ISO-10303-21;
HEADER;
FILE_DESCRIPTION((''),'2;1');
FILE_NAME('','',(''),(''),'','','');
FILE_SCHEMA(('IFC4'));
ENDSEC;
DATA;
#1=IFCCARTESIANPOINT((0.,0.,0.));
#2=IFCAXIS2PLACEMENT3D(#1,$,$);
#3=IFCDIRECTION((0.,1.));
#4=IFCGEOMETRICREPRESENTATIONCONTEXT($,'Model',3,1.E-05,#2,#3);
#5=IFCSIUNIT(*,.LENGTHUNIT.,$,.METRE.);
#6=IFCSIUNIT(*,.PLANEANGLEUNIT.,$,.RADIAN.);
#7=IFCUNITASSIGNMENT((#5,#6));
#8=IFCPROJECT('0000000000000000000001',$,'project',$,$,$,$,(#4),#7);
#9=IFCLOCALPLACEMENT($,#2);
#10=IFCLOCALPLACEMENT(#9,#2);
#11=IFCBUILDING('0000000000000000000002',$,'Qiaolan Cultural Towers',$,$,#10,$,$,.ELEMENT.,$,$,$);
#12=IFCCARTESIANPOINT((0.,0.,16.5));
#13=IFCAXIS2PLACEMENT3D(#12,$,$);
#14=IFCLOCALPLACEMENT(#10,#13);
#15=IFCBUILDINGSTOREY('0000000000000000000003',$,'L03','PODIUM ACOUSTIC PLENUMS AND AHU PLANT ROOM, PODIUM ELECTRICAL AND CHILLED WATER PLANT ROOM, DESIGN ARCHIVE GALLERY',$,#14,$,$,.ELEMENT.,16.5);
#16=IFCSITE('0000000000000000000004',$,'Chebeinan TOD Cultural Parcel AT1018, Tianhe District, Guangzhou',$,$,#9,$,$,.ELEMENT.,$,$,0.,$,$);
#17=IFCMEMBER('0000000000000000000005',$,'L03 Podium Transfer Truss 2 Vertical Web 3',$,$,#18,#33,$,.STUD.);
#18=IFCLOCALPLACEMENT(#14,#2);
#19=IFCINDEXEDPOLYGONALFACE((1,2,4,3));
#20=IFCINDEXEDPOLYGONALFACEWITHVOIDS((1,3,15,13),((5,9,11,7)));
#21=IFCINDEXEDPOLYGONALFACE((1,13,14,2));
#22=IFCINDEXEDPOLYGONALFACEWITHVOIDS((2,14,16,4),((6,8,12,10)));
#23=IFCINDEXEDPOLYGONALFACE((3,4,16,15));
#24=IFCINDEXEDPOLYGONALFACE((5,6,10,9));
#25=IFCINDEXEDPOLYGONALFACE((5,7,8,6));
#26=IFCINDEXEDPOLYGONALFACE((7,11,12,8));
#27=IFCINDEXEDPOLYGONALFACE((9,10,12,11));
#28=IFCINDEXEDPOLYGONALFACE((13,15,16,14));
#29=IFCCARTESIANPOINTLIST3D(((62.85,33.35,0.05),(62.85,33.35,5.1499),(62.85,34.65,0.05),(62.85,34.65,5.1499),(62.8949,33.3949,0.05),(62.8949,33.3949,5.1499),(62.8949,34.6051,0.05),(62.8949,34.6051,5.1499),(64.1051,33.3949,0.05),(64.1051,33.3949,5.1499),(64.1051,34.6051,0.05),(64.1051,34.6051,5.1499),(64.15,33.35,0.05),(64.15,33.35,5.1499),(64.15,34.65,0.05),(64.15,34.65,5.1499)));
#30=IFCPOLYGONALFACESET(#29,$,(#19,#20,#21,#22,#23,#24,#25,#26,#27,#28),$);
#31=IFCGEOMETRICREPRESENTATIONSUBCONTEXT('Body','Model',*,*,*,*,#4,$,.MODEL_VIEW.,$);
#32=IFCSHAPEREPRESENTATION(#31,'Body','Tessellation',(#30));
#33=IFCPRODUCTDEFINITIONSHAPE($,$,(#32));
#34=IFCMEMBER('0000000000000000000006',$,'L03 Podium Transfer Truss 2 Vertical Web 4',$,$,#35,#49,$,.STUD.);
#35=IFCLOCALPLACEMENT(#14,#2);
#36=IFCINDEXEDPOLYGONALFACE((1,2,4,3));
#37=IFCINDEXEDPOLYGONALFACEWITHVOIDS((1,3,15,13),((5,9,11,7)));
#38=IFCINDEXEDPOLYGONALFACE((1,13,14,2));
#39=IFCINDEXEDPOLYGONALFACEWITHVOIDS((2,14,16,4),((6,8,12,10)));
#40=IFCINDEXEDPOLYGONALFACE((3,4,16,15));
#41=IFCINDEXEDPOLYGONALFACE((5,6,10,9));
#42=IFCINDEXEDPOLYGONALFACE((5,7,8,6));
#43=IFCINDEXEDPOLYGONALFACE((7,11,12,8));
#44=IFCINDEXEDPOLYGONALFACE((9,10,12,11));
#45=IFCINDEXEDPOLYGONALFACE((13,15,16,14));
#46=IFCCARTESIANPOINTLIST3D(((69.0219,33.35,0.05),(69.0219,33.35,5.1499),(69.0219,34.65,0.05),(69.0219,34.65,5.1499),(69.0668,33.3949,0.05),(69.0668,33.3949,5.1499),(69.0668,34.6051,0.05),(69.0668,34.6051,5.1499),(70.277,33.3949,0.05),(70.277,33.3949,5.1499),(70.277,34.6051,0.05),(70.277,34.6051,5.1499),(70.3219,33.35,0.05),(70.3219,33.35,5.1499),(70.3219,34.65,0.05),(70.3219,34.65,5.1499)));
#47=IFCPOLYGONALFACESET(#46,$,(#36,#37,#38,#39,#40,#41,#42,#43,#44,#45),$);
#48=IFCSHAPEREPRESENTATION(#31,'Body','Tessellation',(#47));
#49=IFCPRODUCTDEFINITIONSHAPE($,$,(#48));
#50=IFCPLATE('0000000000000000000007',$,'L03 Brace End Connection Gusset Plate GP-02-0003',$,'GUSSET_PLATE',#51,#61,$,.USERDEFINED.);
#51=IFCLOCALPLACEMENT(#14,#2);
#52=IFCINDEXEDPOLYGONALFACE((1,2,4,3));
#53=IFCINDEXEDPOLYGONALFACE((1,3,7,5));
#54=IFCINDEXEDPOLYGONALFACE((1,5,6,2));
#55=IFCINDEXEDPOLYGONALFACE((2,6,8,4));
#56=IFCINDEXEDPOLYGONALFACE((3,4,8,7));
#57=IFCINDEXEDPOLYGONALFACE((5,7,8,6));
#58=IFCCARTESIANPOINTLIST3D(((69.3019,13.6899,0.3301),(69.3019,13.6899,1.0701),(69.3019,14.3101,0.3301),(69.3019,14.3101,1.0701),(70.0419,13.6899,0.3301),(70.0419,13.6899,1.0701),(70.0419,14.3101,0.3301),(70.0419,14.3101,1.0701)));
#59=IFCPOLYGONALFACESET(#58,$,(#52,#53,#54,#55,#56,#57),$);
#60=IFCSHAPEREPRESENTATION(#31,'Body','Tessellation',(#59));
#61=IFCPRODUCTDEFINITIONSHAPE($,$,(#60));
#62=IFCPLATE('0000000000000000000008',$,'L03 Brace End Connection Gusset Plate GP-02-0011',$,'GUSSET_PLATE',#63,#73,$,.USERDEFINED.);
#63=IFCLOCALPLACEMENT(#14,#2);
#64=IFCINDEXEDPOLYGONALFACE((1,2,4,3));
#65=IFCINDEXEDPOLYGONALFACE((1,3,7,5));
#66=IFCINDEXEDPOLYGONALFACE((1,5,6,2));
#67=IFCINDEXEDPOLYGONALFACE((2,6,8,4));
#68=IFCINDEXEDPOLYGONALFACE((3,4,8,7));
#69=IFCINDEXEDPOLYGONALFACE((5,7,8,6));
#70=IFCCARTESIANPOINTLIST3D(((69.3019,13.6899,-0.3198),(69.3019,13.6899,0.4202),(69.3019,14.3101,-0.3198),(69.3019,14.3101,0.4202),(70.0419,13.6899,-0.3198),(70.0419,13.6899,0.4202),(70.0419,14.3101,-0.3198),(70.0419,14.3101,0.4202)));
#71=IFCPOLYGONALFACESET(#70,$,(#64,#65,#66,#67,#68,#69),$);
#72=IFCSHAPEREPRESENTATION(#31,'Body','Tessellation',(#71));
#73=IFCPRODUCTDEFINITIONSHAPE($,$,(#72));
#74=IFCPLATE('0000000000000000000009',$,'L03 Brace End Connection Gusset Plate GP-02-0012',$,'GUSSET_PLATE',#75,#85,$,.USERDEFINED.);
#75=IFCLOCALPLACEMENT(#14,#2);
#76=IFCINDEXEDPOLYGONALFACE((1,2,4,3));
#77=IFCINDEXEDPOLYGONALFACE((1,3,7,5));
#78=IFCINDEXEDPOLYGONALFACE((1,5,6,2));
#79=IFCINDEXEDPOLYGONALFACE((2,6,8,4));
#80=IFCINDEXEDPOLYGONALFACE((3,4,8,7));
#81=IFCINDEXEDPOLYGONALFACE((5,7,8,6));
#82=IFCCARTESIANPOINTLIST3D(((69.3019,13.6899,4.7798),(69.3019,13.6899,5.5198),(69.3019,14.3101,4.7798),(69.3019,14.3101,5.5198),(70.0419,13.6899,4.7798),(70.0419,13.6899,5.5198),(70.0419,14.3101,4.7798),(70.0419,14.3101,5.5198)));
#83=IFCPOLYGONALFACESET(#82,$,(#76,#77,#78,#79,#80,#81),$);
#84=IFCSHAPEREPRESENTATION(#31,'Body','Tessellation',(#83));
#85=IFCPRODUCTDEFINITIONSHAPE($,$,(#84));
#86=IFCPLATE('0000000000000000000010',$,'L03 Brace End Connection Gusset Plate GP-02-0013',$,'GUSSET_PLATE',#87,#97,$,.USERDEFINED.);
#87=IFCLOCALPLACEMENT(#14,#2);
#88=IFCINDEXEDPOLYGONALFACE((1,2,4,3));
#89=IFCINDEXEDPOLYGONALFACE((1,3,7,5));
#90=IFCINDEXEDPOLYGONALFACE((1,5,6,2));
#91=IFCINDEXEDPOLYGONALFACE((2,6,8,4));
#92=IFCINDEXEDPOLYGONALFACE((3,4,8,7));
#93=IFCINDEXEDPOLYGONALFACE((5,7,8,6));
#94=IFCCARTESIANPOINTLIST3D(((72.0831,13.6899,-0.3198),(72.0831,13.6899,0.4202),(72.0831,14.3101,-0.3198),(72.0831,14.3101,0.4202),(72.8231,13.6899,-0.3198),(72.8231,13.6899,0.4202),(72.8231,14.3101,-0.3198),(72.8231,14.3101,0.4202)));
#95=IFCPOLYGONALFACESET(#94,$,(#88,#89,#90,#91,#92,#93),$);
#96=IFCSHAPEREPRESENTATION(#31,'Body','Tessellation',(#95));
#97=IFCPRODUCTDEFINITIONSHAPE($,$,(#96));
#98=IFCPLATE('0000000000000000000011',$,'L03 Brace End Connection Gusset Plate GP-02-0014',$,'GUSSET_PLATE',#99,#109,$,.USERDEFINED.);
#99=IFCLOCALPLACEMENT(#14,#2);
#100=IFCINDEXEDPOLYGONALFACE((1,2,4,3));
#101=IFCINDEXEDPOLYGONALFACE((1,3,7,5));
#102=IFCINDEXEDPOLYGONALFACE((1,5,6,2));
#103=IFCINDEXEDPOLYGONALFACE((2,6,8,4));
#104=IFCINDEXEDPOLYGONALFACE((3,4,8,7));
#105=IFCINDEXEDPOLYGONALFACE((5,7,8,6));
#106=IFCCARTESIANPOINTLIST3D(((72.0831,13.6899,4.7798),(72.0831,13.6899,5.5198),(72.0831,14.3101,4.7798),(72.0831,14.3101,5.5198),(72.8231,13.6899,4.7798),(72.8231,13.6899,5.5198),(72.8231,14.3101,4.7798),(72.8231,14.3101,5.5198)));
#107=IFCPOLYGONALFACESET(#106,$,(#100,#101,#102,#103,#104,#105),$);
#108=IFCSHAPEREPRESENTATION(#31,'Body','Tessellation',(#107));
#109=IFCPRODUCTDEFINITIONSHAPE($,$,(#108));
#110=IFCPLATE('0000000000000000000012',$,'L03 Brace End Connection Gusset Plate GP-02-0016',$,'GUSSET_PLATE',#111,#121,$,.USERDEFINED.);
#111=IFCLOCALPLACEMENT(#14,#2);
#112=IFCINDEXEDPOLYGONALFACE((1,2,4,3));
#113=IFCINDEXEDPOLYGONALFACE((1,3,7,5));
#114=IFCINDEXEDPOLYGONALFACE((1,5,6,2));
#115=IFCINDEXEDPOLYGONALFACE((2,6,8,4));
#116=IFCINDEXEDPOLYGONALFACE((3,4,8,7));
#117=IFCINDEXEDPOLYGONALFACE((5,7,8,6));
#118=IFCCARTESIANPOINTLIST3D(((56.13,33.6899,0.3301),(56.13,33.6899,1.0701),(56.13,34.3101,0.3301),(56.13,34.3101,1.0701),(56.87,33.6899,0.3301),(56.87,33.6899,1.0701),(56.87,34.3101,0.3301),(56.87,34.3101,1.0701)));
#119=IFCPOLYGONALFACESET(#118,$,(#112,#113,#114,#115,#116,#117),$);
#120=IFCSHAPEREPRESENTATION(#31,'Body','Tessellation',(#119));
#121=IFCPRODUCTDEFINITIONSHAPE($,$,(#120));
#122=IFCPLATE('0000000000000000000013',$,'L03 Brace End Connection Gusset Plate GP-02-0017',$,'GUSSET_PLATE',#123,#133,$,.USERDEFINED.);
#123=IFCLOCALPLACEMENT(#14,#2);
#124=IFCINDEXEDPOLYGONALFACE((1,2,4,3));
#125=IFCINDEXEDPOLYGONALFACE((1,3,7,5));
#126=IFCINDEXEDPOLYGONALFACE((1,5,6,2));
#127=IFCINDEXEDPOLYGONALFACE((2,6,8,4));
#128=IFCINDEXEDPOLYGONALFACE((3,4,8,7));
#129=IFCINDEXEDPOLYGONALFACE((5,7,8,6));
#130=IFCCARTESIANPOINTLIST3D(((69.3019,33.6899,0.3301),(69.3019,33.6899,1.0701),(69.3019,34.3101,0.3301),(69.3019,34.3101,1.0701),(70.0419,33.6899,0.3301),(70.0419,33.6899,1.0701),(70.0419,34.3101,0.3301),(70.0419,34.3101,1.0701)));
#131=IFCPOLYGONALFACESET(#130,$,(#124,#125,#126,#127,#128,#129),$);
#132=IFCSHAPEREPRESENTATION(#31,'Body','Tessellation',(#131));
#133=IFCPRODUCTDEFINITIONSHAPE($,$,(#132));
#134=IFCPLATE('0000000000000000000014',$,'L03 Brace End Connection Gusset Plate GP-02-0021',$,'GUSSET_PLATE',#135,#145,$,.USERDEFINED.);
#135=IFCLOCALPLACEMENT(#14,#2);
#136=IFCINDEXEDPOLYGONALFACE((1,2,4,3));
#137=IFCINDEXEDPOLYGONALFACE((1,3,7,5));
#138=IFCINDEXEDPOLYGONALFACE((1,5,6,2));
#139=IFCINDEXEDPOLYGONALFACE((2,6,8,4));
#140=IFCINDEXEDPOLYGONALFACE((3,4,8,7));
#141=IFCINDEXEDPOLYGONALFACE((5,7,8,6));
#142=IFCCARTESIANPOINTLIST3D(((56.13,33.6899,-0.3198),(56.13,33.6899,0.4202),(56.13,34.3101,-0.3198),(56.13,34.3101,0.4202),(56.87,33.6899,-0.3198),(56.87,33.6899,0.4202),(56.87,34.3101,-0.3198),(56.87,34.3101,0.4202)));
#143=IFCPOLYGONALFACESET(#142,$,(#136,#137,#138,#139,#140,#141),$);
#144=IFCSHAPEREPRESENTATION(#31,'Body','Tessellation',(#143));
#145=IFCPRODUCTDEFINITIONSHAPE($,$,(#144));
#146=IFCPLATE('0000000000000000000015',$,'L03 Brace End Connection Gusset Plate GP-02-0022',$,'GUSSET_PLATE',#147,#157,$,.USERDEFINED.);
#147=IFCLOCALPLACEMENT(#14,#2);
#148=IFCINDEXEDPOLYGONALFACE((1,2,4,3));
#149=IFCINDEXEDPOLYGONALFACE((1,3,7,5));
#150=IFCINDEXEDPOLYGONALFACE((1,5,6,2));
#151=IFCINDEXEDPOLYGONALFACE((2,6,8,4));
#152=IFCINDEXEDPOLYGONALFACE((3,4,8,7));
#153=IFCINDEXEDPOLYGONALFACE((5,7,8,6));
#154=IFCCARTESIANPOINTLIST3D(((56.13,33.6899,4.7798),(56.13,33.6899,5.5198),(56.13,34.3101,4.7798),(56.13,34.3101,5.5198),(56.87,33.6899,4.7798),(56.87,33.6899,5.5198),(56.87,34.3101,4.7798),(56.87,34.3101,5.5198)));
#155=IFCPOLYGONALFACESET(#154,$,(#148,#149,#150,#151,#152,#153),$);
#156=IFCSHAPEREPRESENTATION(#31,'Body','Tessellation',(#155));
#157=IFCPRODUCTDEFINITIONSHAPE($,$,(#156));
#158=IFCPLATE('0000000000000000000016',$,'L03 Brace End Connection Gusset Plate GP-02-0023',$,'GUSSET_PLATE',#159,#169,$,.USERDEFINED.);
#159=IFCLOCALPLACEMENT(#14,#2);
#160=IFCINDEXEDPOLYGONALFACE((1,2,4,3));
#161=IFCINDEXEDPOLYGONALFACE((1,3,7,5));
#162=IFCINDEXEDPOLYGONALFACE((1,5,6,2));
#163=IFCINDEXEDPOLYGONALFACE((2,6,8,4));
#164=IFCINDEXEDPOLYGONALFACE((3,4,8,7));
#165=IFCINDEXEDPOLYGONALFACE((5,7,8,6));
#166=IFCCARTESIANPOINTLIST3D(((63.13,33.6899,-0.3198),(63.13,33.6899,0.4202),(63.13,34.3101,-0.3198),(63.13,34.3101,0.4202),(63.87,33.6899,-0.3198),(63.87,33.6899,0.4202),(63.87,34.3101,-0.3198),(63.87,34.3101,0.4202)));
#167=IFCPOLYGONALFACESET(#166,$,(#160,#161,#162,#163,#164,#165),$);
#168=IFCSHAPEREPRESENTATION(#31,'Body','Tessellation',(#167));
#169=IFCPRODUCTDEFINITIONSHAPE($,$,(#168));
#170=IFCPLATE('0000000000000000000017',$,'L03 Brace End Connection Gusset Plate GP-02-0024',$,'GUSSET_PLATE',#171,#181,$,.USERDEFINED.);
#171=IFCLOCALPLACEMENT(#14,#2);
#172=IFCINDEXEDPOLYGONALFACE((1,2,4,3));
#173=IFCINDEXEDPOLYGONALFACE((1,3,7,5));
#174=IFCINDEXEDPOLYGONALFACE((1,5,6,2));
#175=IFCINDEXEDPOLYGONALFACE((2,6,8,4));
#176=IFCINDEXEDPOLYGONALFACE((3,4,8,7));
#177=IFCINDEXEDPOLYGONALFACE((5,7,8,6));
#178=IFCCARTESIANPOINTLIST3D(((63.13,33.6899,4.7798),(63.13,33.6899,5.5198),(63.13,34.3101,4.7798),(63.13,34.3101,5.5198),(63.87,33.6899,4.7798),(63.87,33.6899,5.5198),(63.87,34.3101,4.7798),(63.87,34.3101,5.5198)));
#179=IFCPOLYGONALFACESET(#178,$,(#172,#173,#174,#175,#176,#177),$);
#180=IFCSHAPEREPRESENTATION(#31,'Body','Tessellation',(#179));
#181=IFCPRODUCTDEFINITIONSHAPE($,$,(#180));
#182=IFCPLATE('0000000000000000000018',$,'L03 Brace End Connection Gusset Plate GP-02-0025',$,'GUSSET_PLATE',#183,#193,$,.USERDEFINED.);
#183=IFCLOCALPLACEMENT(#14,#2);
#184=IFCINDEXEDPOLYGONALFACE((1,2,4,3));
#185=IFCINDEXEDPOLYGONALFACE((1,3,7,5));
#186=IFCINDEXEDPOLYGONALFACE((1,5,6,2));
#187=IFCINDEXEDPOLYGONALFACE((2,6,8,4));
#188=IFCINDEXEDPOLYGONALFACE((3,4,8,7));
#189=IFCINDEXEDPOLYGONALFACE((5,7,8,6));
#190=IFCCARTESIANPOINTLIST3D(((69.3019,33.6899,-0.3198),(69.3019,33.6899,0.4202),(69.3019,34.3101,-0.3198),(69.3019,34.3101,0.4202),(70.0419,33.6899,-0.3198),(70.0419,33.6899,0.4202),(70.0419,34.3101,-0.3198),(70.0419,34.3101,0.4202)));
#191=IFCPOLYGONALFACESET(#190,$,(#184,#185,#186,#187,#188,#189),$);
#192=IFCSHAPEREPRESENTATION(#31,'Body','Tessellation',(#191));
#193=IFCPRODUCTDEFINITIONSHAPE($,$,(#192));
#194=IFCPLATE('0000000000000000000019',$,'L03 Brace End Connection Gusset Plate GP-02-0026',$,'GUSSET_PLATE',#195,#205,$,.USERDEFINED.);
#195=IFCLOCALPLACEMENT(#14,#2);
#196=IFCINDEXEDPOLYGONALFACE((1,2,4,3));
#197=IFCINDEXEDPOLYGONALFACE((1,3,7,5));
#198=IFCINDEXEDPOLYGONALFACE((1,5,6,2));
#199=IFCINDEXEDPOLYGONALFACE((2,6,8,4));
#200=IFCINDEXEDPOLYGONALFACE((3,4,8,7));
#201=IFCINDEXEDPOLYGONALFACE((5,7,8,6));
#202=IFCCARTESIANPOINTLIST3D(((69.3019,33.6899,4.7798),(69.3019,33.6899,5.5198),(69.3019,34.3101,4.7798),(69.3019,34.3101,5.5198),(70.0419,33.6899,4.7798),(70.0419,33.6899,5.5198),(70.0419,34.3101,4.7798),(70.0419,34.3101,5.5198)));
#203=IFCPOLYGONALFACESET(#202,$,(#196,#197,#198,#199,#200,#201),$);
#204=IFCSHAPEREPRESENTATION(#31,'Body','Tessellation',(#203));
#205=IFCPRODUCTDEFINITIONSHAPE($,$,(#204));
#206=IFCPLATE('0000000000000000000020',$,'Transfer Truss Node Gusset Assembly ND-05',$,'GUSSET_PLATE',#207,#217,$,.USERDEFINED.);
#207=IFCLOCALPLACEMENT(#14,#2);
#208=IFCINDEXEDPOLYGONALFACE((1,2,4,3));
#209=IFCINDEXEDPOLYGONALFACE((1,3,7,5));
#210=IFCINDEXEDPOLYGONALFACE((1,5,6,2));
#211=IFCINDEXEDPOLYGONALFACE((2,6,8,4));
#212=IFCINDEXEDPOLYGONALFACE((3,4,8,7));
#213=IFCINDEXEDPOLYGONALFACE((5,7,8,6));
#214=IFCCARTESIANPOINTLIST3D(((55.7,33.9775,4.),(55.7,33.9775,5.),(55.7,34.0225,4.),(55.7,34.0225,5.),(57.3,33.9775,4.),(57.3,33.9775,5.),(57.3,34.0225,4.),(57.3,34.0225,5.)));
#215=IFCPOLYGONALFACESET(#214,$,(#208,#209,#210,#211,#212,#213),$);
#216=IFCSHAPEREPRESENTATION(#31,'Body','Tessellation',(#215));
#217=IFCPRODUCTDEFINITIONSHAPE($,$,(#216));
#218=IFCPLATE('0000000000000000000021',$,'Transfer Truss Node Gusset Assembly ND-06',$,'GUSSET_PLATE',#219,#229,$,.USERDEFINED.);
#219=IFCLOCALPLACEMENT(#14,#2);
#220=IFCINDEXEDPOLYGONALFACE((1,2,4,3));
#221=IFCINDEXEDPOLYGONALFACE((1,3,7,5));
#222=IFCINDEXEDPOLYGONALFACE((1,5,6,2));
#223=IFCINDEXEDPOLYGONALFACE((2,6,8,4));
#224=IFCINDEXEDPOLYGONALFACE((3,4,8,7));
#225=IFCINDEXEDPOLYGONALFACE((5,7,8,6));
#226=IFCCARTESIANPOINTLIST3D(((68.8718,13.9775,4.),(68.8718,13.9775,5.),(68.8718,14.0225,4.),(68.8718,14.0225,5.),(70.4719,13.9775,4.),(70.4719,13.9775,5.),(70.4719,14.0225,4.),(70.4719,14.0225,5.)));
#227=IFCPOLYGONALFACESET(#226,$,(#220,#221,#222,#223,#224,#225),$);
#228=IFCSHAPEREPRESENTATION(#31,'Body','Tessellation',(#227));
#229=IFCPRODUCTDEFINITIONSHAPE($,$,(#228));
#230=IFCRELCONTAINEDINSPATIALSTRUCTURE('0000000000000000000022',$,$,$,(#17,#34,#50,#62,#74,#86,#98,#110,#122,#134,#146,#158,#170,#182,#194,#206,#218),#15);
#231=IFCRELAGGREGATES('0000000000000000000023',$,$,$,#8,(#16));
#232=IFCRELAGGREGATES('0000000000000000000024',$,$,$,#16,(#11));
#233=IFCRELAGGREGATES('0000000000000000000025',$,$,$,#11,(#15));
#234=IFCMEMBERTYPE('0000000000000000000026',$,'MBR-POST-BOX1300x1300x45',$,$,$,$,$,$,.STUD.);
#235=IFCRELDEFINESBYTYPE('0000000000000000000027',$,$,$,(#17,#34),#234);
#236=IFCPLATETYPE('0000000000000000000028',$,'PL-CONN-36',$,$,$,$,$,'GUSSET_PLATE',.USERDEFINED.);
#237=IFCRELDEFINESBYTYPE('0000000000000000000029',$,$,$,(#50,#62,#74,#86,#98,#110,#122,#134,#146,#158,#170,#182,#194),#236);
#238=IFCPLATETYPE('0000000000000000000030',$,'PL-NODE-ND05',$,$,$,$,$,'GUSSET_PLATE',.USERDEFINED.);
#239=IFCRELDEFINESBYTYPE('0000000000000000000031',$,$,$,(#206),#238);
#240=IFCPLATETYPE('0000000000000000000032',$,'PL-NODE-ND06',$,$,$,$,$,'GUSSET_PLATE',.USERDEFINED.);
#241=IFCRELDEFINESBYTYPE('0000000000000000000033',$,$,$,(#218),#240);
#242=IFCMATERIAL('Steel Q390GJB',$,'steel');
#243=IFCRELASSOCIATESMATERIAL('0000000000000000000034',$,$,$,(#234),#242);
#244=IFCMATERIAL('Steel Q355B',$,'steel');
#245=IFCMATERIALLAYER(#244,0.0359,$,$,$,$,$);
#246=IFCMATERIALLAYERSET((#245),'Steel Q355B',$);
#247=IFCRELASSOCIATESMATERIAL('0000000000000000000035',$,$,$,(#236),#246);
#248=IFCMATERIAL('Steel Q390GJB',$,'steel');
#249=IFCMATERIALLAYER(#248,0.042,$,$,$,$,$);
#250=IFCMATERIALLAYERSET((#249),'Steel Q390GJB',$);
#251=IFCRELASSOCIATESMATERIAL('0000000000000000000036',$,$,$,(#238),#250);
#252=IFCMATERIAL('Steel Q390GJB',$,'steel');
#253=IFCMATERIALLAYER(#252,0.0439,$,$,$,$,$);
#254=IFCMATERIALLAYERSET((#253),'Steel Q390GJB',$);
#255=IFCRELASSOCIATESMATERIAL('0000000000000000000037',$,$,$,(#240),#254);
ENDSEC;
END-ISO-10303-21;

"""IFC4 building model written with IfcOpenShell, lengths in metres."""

from ifc_helpers import new_model, si_unit, direction, frame, origin, origin_2d, place, context, subcontext, project, spatial, rectangle, hollow_rectangle, extrude, material, layer, layer_set, material_profile, profile_set, type_object, element, save


model = new_model("IFC4")

# Units and contexts
model_context = context("Model", 3, precision=1e-05, world=origin(), true_north=direction((0.0, 1.0)))
body_context = subcontext(model_context, "Body", "Model", "MODEL_VIEW")
ifc_project = project(units=[si_unit("LENGTHUNIT", "METRE"), si_unit("PLANEANGLEUNIT", "RADIAN")], contexts=[model_context])

# Site, building, storey
site_placement = place(None, origin())
site = spatial("IfcSite", under=ifc_project, at=site_placement, Name="Chebeinan TOD Cultural Parcel AT1018, Tianhe District, Guangzhou", CompositionType="ELEMENT", RefElevation=0.0)
building_placement = place(site_placement, origin())
building = spatial("IfcBuilding", under=site, at=building_placement, Name="Qiaolan Cultural Towers", CompositionType="ELEMENT")
storey_placement = place(building_placement, frame((0.0, 0.0, 16.5)))
storey = spatial("IfcBuildingStorey", under=building, at=storey_placement, Name="L03", Description="PODIUM ACOUSTIC PLENUMS AND AHU PLANT ROOM, PODIUM ELECTRICAL AND CHILLED WATER PLANT ROOM, DESIGN ARCHIVE GALLERY", CompositionType="ELEMENT", Elevation=16.5)

# Members
ifc_material_1 = material(Name="Steel Q390GJB", Category="steel")
ifc_material_profile_1 = material_profile(ifc_material_1, hollow_rectangle(XDim=1.3, YDim=1.3, WallThickness=0.0449, at=origin_2d()), Name="BOX1300x1300x45")
ifc_profile_set_1 = profile_set([ifc_material_profile_1], Name="Steel Q390GJB")
member_type_1 = type_object("IfcMemberType", Name="MBR-POST-BOX1300x1300x45", PredefinedType="STUD", material=ifc_profile_set_1)
for number, where, z_axis, x_axis, name in (
    (1, (63.5, 34.0, 0.05), (0.0, 0.0, 1.0), (1.0, 0.0, 0.0), "L03 Podium Transfer Truss 2 Vertical Web 3"),
    (2, (69.6719, 34.0, 0.05), (0.0, 0.0, 1.0), (1.0, 0.0, 0.0), "L03 Podium Transfer Truss 2 Vertical Web 4"),
):
    element("IfcMember", number, at=place(storey_placement, frame(where, z_axis=z_axis, x_axis=x_axis)), inside=storey, type_object=member_type_1, Name=name, PredefinedType="STUD", context=body_context, shape_type="SweptSolid", body=[
        extrude(hollow_rectangle(XDim=1.3, YDim=1.3, WallThickness=0.0449, at=origin_2d()), origin(), (0.0, 0.0, 1.0), 5.0999),
    ])

# Plates
ifc_material_2 = material(Name="Steel Q355B", Category="steel")
ifc_layer_1 = layer(ifc_material_2, 0.0359)
ifc_layer_set_1 = layer_set([ifc_layer_1], Name="Steel Q355B")
plate_type_1 = type_object("IfcPlateType", Name="PL-CONN-36", ElementType="GUSSET_PLATE", PredefinedType="USERDEFINED", material=ifc_layer_set_1)
for number, where, z_axis, x_axis, name in (
    (3, (69.6719, 14.0, 0.3301), (0.0, 0.0, 1.0), (1.0, 0.0, 0.0), "L03 Brace End Connection Gusset Plate GP-02-0003"),
    (4, (69.6719, 14.0, -0.3198), (0.0, 0.0, 1.0), (1.0, 0.0, 0.0), "L03 Brace End Connection Gusset Plate GP-02-0011"),
    (5, (69.6719, 14.0, 4.7798), (0.0, 0.0, 1.0), (1.0, 0.0, 0.0), "L03 Brace End Connection Gusset Plate GP-02-0012"),
    (6, (72.4531, 14.0, -0.3198), (0.0, 0.0, 1.0), (1.0, 0.0, 0.0), "L03 Brace End Connection Gusset Plate GP-02-0013"),
    (7, (72.4531, 14.0, 4.7798), (0.0, 0.0, 1.0), (1.0, 0.0, 0.0), "L03 Brace End Connection Gusset Plate GP-02-0014"),
    (8, (56.5, 34.0, 0.3301), (0.0, 0.0, 1.0), (1.0, 0.0, 0.0), "L03 Brace End Connection Gusset Plate GP-02-0016"),
    (9, (69.6719, 34.0, 0.3301), (0.0, 0.0, 1.0), (1.0, 0.0, 0.0), "L03 Brace End Connection Gusset Plate GP-02-0017"),
    (10, (56.5, 34.0, -0.3198), (0.0, 0.0, 1.0), (1.0, 0.0, 0.0), "L03 Brace End Connection Gusset Plate GP-02-0021"),
    (11, (56.5, 34.0, 4.7798), (0.0, 0.0, 1.0), (1.0, 0.0, 0.0), "L03 Brace End Connection Gusset Plate GP-02-0022"),
    (12, (63.5, 34.0, -0.3198), (0.0, 0.0, 1.0), (1.0, 0.0, 0.0), "L03 Brace End Connection Gusset Plate GP-02-0023"),
    (13, (63.5, 34.0, 4.7798), (0.0, 0.0, 1.0), (1.0, 0.0, 0.0), "L03 Brace End Connection Gusset Plate GP-02-0024"),
    (14, (69.6719, 34.0, -0.3198), (0.0, 0.0, 1.0), (1.0, 0.0, 0.0), "L03 Brace End Connection Gusset Plate GP-02-0025"),
    (15, (69.6719, 34.0, 4.7798), (0.0, 0.0, 1.0), (1.0, 0.0, 0.0), "L03 Brace End Connection Gusset Plate GP-02-0026"),
):
    element("IfcPlate", number, at=place(storey_placement, frame(where, z_axis=z_axis, x_axis=x_axis)), inside=storey, type_object=plate_type_1, Name=name, ObjectType="GUSSET_PLATE", PredefinedType="USERDEFINED", context=body_context, shape_type="SweptSolid", body=[
        extrude(rectangle(XDim=0.74, YDim=0.6201, at=origin_2d()), origin(), (0.0, 0.0, 1.0), 0.74),
    ])
ifc_material_3 = material(Name="Steel Q390GJB", Category="steel")
ifc_layer_2 = layer(ifc_material_3, 0.042)
ifc_layer_set_2 = layer_set([ifc_layer_2], Name="Steel Q390GJB")
plate_type_2 = type_object("IfcPlateType", Name="PL-NODE-ND05", ElementType="GUSSET_PLATE", PredefinedType="USERDEFINED", material=ifc_layer_set_2)
plate_placement = place(storey_placement, frame((56.5, 34.0, 4.0), z_axis=(0.0, 0.0, 1.0), x_axis=(1.0, 0.0, 0.0)))
element("IfcPlate", 16, at=plate_placement, inside=storey, type_object=plate_type_2, Name="Transfer Truss Node Gusset Assembly ND-05", ObjectType="GUSSET_PLATE", PredefinedType="USERDEFINED", context=body_context, shape_type="SweptSolid", body=[
    extrude(rectangle(XDim=1.6001, YDim=0.0449, at=origin_2d()), origin(), (0.0, 0.0, 1.0), 1.0),
])
ifc_material_4 = material(Name="Steel Q390GJB", Category="steel")
ifc_layer_3 = layer(ifc_material_4, 0.0439)
ifc_layer_set_3 = layer_set([ifc_layer_3], Name="Steel Q390GJB")
plate_type_3 = type_object("IfcPlateType", Name="PL-NODE-ND06", ElementType="GUSSET_PLATE", PredefinedType="USERDEFINED", material=ifc_layer_set_3)
for number, where, z_axis, x_axis, name in (
    (17, (69.6719, 14.0, 4.0), (0.0, 0.0, 1.0), (1.0, 0.0, 0.0), "Transfer Truss Node Gusset Assembly ND-06"),
):
    element("IfcPlate", number, at=place(storey_placement, frame(where, z_axis=z_axis, x_axis=x_axis)), inside=storey, type_object=plate_type_3, Name=name, ObjectType="GUSSET_PLATE", PredefinedType="USERDEFINED", context=body_context, shape_type="SweptSolid", body=[
        extrude(rectangle(XDim=1.6001, YDim=0.0449, at=origin_2d()), origin(), (0.0, 0.0, 1.0), 1.0),
    ])

save(model, "model.ifc")
